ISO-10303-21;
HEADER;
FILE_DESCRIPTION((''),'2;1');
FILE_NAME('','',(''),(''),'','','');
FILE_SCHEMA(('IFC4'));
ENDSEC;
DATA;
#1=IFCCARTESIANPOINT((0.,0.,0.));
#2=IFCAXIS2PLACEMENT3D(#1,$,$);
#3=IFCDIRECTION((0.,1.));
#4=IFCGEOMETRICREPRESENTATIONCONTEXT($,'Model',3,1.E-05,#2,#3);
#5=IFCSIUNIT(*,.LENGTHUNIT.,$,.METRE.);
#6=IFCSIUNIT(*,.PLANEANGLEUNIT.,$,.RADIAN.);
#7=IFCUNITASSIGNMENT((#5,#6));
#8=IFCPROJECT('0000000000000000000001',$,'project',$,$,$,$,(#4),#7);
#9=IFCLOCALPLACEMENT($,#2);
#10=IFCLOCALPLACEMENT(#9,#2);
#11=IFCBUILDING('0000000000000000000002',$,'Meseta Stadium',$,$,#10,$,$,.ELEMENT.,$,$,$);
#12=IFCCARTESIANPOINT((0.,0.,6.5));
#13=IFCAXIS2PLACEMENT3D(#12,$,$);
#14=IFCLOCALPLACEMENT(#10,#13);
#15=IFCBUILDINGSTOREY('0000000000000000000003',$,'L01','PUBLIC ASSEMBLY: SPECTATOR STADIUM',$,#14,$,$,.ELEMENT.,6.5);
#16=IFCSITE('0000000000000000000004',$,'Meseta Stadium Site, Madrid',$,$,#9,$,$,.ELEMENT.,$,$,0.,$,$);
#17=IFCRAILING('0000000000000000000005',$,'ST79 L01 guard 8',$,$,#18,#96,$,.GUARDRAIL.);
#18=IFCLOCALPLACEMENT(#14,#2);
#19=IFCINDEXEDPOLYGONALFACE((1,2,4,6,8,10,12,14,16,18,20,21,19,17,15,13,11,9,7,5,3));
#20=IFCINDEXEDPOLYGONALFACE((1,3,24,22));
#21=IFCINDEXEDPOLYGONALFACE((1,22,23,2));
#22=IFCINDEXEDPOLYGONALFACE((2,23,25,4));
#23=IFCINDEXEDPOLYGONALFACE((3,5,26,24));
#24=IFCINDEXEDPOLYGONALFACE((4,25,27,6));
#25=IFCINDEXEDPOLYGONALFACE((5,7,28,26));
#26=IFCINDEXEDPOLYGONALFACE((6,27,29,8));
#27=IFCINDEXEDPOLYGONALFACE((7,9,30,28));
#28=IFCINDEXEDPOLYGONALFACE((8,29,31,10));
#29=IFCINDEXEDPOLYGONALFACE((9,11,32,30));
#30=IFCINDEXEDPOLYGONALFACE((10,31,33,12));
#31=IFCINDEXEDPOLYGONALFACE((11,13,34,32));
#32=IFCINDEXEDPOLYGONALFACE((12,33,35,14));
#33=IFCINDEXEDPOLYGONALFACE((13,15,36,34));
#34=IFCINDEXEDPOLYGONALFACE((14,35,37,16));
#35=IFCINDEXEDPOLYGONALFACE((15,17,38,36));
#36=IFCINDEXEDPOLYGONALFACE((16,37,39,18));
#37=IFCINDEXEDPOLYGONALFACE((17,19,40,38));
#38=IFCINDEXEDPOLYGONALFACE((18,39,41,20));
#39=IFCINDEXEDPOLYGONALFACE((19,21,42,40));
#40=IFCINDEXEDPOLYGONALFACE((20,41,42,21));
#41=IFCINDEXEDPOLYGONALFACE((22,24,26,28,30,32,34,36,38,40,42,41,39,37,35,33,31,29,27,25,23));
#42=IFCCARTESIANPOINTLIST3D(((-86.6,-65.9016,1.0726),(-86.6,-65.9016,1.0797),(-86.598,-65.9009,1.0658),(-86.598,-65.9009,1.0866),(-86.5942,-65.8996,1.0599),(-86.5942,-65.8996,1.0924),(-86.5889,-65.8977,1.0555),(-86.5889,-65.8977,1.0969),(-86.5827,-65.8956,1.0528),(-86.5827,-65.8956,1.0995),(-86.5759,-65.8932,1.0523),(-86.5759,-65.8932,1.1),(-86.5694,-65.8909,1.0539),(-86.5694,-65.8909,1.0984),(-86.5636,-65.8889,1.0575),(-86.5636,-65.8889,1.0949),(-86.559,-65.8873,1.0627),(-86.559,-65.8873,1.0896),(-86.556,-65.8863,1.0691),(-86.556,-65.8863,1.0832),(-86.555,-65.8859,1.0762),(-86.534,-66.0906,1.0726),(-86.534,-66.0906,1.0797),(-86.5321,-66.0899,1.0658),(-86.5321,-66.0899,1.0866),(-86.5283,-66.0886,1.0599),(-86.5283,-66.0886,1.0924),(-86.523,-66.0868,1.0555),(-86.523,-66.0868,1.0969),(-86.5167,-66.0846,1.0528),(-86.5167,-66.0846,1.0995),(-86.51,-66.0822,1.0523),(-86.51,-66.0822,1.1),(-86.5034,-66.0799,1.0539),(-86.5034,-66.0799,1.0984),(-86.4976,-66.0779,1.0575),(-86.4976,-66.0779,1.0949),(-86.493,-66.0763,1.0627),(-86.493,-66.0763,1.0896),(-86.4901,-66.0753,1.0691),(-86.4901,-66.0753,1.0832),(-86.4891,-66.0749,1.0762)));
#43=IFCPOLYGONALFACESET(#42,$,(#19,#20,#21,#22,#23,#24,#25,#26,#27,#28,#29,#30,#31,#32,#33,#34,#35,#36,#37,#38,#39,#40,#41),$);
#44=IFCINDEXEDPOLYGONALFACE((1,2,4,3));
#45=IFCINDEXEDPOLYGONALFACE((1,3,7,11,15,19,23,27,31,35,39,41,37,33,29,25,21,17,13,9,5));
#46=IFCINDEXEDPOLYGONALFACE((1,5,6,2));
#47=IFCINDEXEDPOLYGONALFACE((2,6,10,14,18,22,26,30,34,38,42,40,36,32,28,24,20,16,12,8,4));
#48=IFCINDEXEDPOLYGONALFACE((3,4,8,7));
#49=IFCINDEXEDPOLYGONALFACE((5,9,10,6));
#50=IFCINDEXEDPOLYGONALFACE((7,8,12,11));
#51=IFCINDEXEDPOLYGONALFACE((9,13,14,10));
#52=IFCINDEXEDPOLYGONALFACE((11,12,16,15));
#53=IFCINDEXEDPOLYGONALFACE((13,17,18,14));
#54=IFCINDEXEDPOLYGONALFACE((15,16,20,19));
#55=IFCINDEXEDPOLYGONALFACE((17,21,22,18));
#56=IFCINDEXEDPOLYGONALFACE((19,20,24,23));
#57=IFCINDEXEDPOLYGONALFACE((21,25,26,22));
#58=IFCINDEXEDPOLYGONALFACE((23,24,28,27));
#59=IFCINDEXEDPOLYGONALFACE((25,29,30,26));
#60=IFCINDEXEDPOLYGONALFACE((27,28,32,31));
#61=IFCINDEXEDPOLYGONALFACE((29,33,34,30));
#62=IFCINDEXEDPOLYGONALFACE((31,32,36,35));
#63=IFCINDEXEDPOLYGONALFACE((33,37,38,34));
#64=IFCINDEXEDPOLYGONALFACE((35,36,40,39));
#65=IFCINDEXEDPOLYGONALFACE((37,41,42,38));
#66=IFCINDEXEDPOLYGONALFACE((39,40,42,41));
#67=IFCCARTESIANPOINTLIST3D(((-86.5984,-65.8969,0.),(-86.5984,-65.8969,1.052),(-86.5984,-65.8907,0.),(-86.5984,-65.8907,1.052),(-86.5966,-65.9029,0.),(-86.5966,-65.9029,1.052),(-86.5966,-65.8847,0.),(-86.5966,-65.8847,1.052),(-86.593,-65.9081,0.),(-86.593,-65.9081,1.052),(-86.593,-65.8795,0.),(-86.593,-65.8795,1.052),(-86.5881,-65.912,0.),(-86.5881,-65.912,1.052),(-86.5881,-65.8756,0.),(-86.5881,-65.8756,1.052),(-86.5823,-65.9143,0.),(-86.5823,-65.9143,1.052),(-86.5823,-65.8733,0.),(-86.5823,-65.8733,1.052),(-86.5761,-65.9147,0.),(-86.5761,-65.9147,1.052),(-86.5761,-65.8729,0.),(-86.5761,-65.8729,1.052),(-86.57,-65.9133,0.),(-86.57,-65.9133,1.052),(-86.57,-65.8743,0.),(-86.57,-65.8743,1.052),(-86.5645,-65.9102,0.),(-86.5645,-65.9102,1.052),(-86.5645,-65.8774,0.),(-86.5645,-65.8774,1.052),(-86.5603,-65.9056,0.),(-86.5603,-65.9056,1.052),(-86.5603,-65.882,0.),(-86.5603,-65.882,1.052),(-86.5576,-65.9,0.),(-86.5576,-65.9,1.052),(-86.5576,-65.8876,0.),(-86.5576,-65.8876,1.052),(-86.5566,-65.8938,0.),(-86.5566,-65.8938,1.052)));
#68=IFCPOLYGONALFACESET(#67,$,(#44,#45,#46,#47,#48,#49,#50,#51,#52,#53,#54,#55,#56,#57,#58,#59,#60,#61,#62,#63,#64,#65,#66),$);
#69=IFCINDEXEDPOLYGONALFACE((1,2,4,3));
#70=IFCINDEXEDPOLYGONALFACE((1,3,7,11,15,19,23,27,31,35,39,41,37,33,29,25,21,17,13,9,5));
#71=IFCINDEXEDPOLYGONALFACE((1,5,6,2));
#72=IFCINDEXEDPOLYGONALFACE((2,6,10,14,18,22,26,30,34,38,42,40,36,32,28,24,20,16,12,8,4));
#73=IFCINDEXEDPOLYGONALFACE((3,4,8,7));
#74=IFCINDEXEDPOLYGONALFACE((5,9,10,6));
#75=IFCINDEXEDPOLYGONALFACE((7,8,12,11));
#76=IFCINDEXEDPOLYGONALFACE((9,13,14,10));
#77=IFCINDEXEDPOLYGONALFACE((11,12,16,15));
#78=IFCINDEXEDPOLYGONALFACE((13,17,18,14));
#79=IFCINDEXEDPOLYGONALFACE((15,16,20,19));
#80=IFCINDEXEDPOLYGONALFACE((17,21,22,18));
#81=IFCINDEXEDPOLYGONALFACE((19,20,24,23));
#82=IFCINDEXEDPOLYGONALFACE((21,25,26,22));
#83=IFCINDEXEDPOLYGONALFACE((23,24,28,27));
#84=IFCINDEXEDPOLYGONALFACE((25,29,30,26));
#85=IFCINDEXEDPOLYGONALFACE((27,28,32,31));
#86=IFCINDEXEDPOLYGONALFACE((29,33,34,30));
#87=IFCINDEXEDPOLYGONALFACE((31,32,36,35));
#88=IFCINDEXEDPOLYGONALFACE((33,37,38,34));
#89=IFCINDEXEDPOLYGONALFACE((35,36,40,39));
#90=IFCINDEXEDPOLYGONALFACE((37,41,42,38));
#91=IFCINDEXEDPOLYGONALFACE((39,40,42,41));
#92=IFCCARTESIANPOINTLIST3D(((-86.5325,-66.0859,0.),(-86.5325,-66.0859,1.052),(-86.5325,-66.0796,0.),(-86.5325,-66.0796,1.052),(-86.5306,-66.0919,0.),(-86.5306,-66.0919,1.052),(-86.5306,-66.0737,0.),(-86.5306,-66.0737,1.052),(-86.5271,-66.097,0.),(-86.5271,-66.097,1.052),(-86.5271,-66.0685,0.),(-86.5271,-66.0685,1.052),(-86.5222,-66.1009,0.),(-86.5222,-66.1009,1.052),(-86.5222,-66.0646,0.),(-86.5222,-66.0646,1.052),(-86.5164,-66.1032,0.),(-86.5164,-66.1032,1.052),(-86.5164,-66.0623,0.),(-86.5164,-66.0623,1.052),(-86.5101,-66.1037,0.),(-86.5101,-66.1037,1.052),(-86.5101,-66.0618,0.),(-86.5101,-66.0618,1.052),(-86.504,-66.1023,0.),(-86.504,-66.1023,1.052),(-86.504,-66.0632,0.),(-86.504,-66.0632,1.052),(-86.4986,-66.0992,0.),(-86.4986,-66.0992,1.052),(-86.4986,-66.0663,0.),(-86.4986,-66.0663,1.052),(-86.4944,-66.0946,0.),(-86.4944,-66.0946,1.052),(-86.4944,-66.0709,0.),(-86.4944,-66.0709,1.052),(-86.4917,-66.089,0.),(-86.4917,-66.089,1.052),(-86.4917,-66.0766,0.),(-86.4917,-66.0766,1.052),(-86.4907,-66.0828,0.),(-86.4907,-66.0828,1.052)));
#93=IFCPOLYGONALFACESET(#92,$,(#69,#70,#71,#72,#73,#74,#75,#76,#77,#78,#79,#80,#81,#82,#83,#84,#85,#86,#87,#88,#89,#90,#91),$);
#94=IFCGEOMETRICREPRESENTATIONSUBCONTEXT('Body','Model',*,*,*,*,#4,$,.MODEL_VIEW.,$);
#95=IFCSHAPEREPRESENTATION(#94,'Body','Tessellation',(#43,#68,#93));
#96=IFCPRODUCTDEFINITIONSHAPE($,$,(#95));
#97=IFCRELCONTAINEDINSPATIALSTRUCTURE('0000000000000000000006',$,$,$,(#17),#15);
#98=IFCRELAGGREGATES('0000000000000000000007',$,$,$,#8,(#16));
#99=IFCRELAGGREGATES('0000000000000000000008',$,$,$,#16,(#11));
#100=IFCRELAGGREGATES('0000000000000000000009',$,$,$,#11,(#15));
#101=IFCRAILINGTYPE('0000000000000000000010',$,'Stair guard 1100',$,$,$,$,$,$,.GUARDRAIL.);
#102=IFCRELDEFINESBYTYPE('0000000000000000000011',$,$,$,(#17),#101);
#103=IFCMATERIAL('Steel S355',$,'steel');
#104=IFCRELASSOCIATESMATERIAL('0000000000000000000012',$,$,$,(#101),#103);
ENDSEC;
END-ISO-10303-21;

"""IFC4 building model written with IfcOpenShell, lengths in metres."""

from ifc_helpers import new_model, si_unit, direction, frame, origin, origin_2d, place, context, subcontext, project, spatial, circle, extrude, material, type_object, element, save


model = new_model("IFC4")

# Units and contexts
model_context = context("Model", 3, precision=1e-05, world=origin(), true_north=direction((0.0, 1.0)))
body_context = subcontext(model_context, "Body", "Model", "MODEL_VIEW")
ifc_project = project(units=[si_unit("LENGTHUNIT", "METRE"), si_unit("PLANEANGLEUNIT", "RADIAN")], contexts=[model_context])

# Site, building, storey
site_placement = place(None, origin())
site = spatial("IfcSite", under=ifc_project, at=site_placement, Name="Meseta Stadium Site, Madrid", CompositionType="ELEMENT", RefElevation=0.0)
building_placement = place(site_placement, origin())
building = spatial("IfcBuilding", under=site, at=building_placement, Name="Meseta Stadium", CompositionType="ELEMENT")
storey_placement = place(building_placement, frame((0.0, 0.0, 6.5)))
storey = spatial("IfcBuildingStorey", under=building, at=storey_placement, Name="L01", Description="PUBLIC ASSEMBLY: SPECTATOR STADIUM", CompositionType="ELEMENT", Elevation=6.5)

# Railing
ifc_material_1 = material(Name="Steel S355", Category="steel")
railing_type_1 = type_object("IfcRailingType", Name="Stair guard 1100", PredefinedType="GUARDRAIL", material=ifc_material_1)
railing_1_placement = place(storey_placement, frame((-86.5776, -65.8938, 0.0)))
element("IfcRailing", 1, at=railing_1_placement, inside=storey, type_object=railing_type_1, Name="ST79 L01 guard 8", PredefinedType="GUARDRAIL", context=body_context, shape_type="SweptSolid", body=[
    extrude(circle(Radius=0.0239, at=origin_2d()), frame((0.0, 0.0, 1.0762), z_axis=(0.329372, -0.9442, 0.0), x_axis=(0.9442, 0.329372, 0.0)), (0.0, 0.0, 1.0), 0.2002),
    extrude(circle(Radius=0.021, at=origin_2d()), origin(), (0.0, 0.0, 1.0), 1.052),
    extrude(circle(Radius=0.021, at=origin_2d()), frame((0.0659, -0.189, 0.0)), (0.0, 0.0, 1.0), 1.052),
])

save(model, "model.ifc")
